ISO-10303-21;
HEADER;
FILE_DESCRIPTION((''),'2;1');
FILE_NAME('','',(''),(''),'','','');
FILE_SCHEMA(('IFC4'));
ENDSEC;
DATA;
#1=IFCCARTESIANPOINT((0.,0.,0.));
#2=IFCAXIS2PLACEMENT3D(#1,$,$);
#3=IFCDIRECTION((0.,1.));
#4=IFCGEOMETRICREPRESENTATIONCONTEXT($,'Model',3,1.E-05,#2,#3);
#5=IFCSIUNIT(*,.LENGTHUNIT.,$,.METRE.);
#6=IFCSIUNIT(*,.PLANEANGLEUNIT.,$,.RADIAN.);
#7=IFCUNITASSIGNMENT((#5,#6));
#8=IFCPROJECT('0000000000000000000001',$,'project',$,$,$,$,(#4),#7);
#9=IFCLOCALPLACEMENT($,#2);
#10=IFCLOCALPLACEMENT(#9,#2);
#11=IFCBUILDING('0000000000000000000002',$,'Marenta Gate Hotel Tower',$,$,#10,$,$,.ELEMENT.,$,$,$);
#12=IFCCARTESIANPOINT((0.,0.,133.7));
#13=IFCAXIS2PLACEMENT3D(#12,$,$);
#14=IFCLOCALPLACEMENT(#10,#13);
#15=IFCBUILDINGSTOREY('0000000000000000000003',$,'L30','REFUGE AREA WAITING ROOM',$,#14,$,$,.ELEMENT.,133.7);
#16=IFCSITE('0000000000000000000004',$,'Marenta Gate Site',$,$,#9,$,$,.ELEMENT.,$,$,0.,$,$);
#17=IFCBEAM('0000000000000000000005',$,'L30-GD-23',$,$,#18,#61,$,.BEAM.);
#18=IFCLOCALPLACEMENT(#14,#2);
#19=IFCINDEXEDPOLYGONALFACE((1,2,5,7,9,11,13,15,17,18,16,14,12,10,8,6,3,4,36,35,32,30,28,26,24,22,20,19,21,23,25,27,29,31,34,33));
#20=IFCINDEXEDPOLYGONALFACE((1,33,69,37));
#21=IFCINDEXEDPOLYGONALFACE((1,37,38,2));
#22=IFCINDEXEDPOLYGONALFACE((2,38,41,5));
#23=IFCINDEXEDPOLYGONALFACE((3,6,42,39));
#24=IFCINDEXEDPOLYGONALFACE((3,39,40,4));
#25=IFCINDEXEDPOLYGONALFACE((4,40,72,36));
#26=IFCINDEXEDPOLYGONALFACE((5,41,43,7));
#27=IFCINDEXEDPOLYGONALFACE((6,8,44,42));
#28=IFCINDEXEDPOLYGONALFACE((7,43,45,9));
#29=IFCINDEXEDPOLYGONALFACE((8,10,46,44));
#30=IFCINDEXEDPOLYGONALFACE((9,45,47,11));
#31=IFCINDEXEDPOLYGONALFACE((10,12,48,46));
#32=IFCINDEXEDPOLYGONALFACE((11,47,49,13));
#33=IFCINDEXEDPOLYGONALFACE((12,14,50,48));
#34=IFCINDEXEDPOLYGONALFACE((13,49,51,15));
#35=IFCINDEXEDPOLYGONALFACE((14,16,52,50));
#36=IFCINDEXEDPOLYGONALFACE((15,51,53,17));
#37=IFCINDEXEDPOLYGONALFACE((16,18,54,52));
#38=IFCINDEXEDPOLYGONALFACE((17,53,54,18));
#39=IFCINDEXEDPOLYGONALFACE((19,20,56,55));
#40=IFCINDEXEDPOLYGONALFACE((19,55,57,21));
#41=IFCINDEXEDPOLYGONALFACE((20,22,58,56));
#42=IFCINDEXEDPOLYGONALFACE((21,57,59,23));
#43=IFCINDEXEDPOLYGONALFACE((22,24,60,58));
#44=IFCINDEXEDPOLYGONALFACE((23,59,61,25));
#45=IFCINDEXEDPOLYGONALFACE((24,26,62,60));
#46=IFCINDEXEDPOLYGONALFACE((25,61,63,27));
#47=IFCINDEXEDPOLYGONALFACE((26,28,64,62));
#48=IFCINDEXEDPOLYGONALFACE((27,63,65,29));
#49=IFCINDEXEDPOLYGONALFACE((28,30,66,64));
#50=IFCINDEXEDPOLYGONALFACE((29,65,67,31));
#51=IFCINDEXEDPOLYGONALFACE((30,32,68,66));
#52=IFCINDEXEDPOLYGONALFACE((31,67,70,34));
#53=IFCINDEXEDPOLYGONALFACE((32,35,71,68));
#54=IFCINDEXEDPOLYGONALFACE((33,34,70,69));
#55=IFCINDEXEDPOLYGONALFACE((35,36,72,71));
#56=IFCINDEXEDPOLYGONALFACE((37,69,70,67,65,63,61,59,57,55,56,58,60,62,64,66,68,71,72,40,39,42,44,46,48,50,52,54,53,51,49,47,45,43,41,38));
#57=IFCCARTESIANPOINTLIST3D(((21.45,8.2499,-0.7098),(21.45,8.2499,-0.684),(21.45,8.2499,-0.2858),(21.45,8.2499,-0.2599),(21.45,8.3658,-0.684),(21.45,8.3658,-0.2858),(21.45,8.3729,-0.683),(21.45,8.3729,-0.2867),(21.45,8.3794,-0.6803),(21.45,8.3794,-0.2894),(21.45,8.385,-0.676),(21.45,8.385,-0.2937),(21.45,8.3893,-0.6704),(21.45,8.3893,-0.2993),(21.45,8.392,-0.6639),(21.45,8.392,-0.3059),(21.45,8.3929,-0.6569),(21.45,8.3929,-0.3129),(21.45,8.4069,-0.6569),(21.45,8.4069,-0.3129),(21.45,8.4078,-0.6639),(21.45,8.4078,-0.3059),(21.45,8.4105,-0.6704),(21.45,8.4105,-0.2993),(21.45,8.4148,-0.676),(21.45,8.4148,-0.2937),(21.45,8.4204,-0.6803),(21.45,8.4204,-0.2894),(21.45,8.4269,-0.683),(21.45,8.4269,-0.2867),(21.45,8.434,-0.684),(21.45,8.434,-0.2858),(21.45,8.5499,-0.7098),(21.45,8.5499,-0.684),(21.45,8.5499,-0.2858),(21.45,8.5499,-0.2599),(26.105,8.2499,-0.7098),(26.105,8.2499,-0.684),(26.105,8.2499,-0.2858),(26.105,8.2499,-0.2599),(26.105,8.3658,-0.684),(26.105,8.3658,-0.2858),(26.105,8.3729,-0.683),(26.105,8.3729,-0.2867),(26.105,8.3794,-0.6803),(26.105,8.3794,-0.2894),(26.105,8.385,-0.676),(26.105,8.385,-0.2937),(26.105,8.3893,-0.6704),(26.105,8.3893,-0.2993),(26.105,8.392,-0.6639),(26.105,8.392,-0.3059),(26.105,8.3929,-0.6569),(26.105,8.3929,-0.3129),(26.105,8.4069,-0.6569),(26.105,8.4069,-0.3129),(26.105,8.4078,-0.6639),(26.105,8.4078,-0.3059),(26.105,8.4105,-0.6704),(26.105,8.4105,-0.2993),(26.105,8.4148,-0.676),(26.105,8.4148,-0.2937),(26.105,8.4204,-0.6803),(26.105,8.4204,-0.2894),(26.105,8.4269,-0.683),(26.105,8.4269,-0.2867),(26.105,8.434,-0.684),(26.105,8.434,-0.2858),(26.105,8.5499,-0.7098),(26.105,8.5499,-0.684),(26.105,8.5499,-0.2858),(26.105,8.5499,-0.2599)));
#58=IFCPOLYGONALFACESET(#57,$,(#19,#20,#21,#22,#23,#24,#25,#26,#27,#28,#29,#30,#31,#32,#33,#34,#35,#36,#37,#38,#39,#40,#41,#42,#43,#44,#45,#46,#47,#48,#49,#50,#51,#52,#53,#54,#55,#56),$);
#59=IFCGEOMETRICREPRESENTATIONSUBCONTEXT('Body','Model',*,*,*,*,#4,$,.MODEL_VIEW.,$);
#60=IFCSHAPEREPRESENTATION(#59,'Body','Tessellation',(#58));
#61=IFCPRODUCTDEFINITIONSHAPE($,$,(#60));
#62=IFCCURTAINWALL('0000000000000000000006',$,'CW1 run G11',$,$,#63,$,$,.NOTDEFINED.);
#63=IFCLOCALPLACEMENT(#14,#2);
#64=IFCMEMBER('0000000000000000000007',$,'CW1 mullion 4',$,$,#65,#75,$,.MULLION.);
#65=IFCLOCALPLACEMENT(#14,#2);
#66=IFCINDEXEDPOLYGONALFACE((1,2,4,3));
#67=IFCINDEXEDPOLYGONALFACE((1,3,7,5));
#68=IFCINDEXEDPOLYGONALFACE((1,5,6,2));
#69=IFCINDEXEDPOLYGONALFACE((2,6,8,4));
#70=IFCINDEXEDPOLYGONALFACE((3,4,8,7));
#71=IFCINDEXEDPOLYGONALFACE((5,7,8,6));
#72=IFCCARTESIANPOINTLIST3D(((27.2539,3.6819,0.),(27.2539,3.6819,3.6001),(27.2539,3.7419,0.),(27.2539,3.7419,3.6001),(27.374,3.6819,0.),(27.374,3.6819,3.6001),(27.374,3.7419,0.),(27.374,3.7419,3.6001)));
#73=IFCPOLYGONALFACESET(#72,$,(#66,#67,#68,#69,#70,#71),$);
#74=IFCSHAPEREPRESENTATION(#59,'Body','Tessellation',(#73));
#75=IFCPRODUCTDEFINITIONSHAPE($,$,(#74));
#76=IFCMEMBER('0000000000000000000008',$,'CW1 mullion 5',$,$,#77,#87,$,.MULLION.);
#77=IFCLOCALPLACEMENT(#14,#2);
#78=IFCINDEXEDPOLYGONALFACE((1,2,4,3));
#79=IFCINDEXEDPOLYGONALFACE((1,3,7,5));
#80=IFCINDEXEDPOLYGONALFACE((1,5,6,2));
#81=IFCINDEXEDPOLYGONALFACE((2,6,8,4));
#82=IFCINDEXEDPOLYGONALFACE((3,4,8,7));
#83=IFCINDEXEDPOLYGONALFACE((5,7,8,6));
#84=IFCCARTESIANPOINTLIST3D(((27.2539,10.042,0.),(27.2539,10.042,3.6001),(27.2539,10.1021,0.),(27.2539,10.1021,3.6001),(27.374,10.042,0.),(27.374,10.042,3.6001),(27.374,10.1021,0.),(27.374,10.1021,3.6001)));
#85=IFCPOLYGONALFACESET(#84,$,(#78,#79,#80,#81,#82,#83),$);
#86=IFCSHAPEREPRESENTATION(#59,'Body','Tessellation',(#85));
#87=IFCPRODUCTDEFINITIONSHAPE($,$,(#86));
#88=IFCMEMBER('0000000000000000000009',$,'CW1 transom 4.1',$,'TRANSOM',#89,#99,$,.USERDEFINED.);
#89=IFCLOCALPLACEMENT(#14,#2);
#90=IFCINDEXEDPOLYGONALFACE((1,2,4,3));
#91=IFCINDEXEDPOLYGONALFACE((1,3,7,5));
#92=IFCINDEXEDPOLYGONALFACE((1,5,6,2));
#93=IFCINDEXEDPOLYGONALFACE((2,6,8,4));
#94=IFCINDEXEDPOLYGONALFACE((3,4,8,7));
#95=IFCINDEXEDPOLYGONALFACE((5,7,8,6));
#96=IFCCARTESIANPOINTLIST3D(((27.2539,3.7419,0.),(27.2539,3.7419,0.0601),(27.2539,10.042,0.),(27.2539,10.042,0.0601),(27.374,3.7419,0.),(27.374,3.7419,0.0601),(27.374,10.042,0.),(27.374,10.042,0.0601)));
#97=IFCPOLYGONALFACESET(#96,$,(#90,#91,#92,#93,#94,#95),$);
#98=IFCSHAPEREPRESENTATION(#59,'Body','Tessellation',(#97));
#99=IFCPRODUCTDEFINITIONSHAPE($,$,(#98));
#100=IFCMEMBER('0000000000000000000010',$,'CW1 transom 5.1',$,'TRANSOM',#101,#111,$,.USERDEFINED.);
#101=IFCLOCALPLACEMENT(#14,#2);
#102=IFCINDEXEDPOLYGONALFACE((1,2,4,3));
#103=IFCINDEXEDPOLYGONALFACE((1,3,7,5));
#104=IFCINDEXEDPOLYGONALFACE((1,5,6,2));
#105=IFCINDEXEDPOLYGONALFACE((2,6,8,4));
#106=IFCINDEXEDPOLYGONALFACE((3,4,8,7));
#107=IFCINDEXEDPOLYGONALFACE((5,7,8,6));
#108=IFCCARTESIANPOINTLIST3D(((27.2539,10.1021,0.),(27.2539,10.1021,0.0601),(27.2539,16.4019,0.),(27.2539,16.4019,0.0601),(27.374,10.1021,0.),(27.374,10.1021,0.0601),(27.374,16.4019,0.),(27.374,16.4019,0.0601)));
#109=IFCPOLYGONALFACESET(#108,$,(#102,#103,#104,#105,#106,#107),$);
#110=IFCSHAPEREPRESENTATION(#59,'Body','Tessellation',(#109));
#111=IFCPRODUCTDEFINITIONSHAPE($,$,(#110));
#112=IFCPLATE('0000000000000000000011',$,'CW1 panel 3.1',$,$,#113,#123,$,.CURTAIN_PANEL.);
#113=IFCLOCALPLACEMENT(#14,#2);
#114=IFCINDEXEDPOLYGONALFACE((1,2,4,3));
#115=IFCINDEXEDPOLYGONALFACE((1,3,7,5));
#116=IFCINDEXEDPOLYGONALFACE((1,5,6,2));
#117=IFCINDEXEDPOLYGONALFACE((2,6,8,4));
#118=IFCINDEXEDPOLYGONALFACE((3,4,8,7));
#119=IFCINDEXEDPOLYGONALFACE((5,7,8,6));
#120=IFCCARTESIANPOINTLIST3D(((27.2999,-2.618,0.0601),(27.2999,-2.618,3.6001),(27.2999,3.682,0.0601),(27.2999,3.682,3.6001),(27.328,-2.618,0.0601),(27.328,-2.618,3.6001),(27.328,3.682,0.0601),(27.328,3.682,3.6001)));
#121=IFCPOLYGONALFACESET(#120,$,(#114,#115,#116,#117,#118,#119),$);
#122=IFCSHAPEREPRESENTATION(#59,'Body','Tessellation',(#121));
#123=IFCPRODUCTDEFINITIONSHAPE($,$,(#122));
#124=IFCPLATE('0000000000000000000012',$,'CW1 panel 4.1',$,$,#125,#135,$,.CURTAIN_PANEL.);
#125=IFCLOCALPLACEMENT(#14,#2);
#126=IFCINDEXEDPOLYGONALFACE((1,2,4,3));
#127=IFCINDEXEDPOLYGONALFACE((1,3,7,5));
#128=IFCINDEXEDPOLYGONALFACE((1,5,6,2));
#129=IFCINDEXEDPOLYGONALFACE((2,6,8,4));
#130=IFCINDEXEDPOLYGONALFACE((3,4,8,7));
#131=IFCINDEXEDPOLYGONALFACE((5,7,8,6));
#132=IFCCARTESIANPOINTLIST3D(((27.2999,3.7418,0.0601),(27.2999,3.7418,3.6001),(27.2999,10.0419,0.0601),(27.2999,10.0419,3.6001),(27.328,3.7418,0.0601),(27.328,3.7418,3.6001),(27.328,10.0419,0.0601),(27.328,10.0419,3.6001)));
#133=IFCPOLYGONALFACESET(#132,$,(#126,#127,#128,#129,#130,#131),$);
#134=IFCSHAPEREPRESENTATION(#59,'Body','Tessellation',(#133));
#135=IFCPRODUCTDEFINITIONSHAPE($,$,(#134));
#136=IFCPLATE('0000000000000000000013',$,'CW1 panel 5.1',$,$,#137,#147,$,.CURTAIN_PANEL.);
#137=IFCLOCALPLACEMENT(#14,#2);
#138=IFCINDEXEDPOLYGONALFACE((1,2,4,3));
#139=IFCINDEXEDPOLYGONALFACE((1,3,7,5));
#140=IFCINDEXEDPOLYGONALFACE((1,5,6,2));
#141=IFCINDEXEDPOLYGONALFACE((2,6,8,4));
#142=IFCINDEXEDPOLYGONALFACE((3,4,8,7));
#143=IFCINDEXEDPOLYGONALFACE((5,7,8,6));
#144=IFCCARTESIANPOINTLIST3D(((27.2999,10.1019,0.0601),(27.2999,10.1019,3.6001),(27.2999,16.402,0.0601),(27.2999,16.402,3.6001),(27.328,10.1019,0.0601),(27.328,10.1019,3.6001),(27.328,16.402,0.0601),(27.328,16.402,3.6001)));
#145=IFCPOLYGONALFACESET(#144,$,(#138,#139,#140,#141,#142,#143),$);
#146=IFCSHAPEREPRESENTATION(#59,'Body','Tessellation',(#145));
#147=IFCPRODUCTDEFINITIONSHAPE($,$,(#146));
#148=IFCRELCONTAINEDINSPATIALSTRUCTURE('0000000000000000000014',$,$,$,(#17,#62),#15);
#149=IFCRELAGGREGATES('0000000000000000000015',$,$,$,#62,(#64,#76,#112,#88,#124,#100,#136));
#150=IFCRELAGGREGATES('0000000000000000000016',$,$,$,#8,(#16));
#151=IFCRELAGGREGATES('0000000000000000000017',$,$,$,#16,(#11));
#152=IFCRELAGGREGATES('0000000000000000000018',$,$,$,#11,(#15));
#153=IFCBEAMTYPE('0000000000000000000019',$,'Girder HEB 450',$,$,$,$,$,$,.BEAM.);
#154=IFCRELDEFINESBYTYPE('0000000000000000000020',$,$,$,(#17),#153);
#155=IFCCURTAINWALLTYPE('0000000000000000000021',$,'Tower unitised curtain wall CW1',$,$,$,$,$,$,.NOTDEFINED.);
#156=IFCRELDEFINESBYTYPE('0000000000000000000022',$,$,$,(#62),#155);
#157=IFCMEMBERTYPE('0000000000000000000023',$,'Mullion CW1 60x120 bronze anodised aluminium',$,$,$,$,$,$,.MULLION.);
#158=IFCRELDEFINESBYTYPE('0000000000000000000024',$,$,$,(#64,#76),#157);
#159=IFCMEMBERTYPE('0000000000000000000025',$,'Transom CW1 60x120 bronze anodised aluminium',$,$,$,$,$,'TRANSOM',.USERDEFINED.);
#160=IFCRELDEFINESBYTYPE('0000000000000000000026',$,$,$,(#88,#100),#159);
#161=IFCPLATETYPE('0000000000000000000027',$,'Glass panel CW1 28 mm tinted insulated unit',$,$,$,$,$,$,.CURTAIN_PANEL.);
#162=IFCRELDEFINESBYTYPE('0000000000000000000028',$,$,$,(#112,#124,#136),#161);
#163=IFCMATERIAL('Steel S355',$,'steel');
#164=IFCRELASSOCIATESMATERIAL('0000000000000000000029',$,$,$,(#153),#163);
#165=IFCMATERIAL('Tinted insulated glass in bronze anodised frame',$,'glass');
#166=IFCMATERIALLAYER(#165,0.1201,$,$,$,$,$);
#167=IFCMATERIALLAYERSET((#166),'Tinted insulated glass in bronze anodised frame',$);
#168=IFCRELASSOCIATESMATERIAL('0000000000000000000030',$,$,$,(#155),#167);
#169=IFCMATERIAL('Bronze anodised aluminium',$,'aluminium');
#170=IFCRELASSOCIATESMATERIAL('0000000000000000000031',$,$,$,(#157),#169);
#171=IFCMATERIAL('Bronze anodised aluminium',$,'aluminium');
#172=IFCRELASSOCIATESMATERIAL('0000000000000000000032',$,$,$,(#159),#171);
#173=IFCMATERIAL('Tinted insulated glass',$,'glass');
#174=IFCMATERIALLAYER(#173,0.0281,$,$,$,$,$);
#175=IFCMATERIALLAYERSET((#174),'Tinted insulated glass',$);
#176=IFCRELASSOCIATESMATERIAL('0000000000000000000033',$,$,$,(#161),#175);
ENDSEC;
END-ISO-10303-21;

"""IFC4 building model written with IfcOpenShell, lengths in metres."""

from ifc_helpers import new_model, si_unit, direction, frame, origin, origin_2d, place, context, subcontext, project, spatial, rectangle, i_section, extrude, material, layer, layer_set, material_profile, profile_set, type_object, element, aggregate, save


model = new_model("IFC4")

# Units and contexts
model_context = context("Model", 3, precision=1e-05, world=origin(), true_north=direction((0.0, 1.0)))
body_context = subcontext(model_context, "Body", "Model", "MODEL_VIEW")
ifc_project = project(units=[si_unit("LENGTHUNIT", "METRE"), si_unit("PLANEANGLEUNIT", "RADIAN")], contexts=[model_context])

# Site, building, storey
site_placement = place(None, origin())
site = spatial("IfcSite", under=ifc_project, at=site_placement, Name="Marenta Gate Site", CompositionType="ELEMENT", RefElevation=0.0)
building_placement = place(site_placement, origin())
building = spatial("IfcBuilding", under=site, at=building_placement, Name="Marenta Gate Hotel Tower", CompositionType="ELEMENT")
storey_placement = place(building_placement, frame((0.0, 0.0, 133.7)))
storey = spatial("IfcBuildingStorey", under=building, at=storey_placement, Name="L30", Description="REFUGE AREA WAITING ROOM", CompositionType="ELEMENT", Elevation=133.7)

# Beam
ifc_material_1 = material(Name="Steel S355", Category="steel")
ifc_material_profile_1 = material_profile(ifc_material_1, i_section(OverallWidth=0.3, OverallDepth=0.45, WebThickness=0.0139, FlangeThickness=0.0259, FilletRadius=0.0271, at=origin_2d()), Name="HEB 450")
ifc_profile_set_1 = profile_set([ifc_material_profile_1], Name="Steel S355")
beam_type_1 = type_object("IfcBeamType", Name="Girder HEB 450", PredefinedType="BEAM", material=ifc_profile_set_1)
beam_1_placement = place(storey_placement, frame((21.45, 8.3999, -0.4849), z_axis=(1.0, 0.0, 0.0), x_axis=(0.0, 1.0, 0.0)))
element("IfcBeam", 1, at=beam_1_placement, inside=storey, type_object=beam_type_1, Name="L30-GD-23", PredefinedType="BEAM", context=body_context, shape_type="SweptSolid", body=[
    extrude(i_section(OverallWidth=0.3, OverallDepth=0.45, WebThickness=0.0139, FlangeThickness=0.0259, FilletRadius=0.0271, at=origin_2d()), origin(), (0.0, 0.0, 1.0), 4.655),
])

# Curtain wall, members, plates
ifc_material_2 = material(Name="Tinted insulated glass in bronze anodised frame", Category="glass")
ifc_layer_1 = layer(ifc_material_2, 0.1201)
ifc_layer_set_1 = layer_set([ifc_layer_1], Name="Tinted insulated glass in bronze anodised frame")
curtain_wall_type = type_object("IfcCurtainWallType", Name="Tower unitised curtain wall CW1", PredefinedType="NOTDEFINED", material=ifc_layer_set_1)
curtain_wall_placement = place(storey_placement, origin())
curtain_wall = element("IfcCurtainWall", 2, at=curtain_wall_placement, inside=storey, type_object=curtain_wall_type, Name="CW1 run G11", PredefinedType="NOTDEFINED")
ifc_material_3 = material(Name="Bronze anodised aluminium", Category="aluminium")
ifc_material_profile_2 = material_profile(ifc_material_3, rectangle(XDim=0.1201, YDim=0.0601, at=origin_2d()), Name="Mullion CW1 60x120 bronze anodised aluminium")
ifc_profile_set_2 = profile_set([ifc_material_profile_2], Name="Bronze anodised aluminium")
member_type_1 = type_object("IfcMemberType", Name="Mullion CW1 60x120 bronze anodised aluminium", PredefinedType="MULLION", material=ifc_profile_set_2)
member_1_placement = place(storey_placement, frame((27.314, 3.7119, 0.0), z_axis=(0.0, 0.0, 1.0), x_axis=(-1.0, 0.0, 0.0)))
member_1 = element("IfcMember", 3, at=member_1_placement, type_object=member_type_1, Name="CW1 mullion 4", PredefinedType="MULLION", context=body_context, shape_type="SweptSolid", body=[
    extrude(rectangle(XDim=0.1201, YDim=0.0601, at=origin_2d()), origin(), (0.0, 0.0, 1.0), 3.6001),
])
member_2_placement = place(storey_placement, frame((27.314, 10.072, 0.0), z_axis=(0.0, 0.0, 1.0), x_axis=(-1.0, 0.0, 0.0)))
member_2 = element("IfcMember", 4, at=member_2_placement, type_object=member_type_1, Name="CW1 mullion 5", PredefinedType="MULLION", context=body_context, shape_type="SweptSolid", body=[
    extrude(rectangle(XDim=0.1201, YDim=0.0601, at=origin_2d()), origin(), (0.0, 0.0, 1.0), 3.6001),
])
ifc_material_4 = material(Name="Bronze anodised aluminium", Category="aluminium")
ifc_material_profile_3 = material_profile(ifc_material_4, rectangle(XDim=0.1201, YDim=0.0601, at=origin_2d()), Name="Transom CW1 60x120 bronze anodised aluminium")
ifc_profile_set_3 = profile_set([ifc_material_profile_3], Name="Bronze anodised aluminium")
member_type_2 = type_object("IfcMemberType", Name="Transom CW1 60x120 bronze anodised aluminium", ElementType="TRANSOM", PredefinedType="USERDEFINED", material=ifc_profile_set_3)
member_3_placement = place(storey_placement, frame((27.314, 3.7419, 0.03), z_axis=(0.0, 1.0, 0.0), x_axis=(-1.0, 0.0, 0.0)))
member_3 = element("IfcMember", 5, at=member_3_placement, type_object=member_type_2, Name="CW1 transom 4.1", ObjectType="TRANSOM", PredefinedType="USERDEFINED", context=body_context, shape_type="SweptSolid", body=[
    extrude(rectangle(XDim=0.1201, YDim=0.0601, at=origin_2d()), origin(), (0.0, 0.0, 1.0), 6.3),
])
member_4_placement = place(storey_placement, frame((27.314, 10.1021, 0.03), z_axis=(0.0, 1.0, 0.0), x_axis=(-1.0, 0.0, 0.0)))
member_4 = element("IfcMember", 6, at=member_4_placement, type_object=member_type_2, Name="CW1 transom 5.1", ObjectType="TRANSOM", PredefinedType="USERDEFINED", context=body_context, shape_type="SweptSolid", body=[
    extrude(rectangle(XDim=0.1201, YDim=0.0601, at=origin_2d()), origin(), (0.0, 0.0, 1.0), 6.2998),
])
ifc_material_5 = material(Name="Tinted insulated glass", Category="glass")
ifc_layer_2 = layer(ifc_material_5, 0.0281)
ifc_layer_set_2 = layer_set([ifc_layer_2], Name="Tinted insulated glass")
plate_type = type_object("IfcPlateType", Name="Glass panel CW1 28 mm tinted insulated unit", PredefinedType="CURTAIN_PANEL", material=ifc_layer_set_2)
plate_1_placement = place(storey_placement, frame((27.314, 0.532, 0.0601), z_axis=(0.0, 0.0, 1.0), x_axis=(0.0, 1.0, 0.0)))
plate_1 = element("IfcPlate", 7, at=plate_1_placement, type_object=plate_type, Name="CW1 panel 3.1", PredefinedType="CURTAIN_PANEL", context=body_context, shape_type="SweptSolid", body=[
    extrude(rectangle(XDim=6.3, YDim=0.0281, at=origin_2d()), origin(), (0.0, 0.0, 1.0), 3.54),
])
plate_2_placement = place(storey_placement, frame((27.314, 6.8918, 0.0601), z_axis=(0.0, 0.0, 1.0), x_axis=(0.0, 1.0, 0.0)))
plate_2 = element("IfcPlate", 8, at=plate_2_placement, type_object=plate_type, Name="CW1 panel 4.1", PredefinedType="CURTAIN_PANEL", context=body_context, shape_type="SweptSolid", body=[
    extrude(rectangle(XDim=6.3, YDim=0.0281, at=origin_2d()), origin(), (0.0, 0.0, 1.0), 3.54),
])
plate_3_placement = place(storey_placement, frame((27.314, 13.252, 0.0601), z_axis=(0.0, 0.0, 1.0), x_axis=(0.0, 1.0, 0.0)))
plate_3 = element("IfcPlate", 9, at=plate_3_placement, type_object=plate_type, Name="CW1 panel 5.1", PredefinedType="CURTAIN_PANEL", context=body_context, shape_type="SweptSolid", body=[
    extrude(rectangle(XDim=6.3, YDim=0.0281, at=origin_2d()), origin(), (0.0, 0.0, 1.0), 3.54),
])
aggregate(curtain_wall, [member_1, member_2, plate_1, member_3, plate_2, member_4, plate_3])

save(model, "model.ifc")
